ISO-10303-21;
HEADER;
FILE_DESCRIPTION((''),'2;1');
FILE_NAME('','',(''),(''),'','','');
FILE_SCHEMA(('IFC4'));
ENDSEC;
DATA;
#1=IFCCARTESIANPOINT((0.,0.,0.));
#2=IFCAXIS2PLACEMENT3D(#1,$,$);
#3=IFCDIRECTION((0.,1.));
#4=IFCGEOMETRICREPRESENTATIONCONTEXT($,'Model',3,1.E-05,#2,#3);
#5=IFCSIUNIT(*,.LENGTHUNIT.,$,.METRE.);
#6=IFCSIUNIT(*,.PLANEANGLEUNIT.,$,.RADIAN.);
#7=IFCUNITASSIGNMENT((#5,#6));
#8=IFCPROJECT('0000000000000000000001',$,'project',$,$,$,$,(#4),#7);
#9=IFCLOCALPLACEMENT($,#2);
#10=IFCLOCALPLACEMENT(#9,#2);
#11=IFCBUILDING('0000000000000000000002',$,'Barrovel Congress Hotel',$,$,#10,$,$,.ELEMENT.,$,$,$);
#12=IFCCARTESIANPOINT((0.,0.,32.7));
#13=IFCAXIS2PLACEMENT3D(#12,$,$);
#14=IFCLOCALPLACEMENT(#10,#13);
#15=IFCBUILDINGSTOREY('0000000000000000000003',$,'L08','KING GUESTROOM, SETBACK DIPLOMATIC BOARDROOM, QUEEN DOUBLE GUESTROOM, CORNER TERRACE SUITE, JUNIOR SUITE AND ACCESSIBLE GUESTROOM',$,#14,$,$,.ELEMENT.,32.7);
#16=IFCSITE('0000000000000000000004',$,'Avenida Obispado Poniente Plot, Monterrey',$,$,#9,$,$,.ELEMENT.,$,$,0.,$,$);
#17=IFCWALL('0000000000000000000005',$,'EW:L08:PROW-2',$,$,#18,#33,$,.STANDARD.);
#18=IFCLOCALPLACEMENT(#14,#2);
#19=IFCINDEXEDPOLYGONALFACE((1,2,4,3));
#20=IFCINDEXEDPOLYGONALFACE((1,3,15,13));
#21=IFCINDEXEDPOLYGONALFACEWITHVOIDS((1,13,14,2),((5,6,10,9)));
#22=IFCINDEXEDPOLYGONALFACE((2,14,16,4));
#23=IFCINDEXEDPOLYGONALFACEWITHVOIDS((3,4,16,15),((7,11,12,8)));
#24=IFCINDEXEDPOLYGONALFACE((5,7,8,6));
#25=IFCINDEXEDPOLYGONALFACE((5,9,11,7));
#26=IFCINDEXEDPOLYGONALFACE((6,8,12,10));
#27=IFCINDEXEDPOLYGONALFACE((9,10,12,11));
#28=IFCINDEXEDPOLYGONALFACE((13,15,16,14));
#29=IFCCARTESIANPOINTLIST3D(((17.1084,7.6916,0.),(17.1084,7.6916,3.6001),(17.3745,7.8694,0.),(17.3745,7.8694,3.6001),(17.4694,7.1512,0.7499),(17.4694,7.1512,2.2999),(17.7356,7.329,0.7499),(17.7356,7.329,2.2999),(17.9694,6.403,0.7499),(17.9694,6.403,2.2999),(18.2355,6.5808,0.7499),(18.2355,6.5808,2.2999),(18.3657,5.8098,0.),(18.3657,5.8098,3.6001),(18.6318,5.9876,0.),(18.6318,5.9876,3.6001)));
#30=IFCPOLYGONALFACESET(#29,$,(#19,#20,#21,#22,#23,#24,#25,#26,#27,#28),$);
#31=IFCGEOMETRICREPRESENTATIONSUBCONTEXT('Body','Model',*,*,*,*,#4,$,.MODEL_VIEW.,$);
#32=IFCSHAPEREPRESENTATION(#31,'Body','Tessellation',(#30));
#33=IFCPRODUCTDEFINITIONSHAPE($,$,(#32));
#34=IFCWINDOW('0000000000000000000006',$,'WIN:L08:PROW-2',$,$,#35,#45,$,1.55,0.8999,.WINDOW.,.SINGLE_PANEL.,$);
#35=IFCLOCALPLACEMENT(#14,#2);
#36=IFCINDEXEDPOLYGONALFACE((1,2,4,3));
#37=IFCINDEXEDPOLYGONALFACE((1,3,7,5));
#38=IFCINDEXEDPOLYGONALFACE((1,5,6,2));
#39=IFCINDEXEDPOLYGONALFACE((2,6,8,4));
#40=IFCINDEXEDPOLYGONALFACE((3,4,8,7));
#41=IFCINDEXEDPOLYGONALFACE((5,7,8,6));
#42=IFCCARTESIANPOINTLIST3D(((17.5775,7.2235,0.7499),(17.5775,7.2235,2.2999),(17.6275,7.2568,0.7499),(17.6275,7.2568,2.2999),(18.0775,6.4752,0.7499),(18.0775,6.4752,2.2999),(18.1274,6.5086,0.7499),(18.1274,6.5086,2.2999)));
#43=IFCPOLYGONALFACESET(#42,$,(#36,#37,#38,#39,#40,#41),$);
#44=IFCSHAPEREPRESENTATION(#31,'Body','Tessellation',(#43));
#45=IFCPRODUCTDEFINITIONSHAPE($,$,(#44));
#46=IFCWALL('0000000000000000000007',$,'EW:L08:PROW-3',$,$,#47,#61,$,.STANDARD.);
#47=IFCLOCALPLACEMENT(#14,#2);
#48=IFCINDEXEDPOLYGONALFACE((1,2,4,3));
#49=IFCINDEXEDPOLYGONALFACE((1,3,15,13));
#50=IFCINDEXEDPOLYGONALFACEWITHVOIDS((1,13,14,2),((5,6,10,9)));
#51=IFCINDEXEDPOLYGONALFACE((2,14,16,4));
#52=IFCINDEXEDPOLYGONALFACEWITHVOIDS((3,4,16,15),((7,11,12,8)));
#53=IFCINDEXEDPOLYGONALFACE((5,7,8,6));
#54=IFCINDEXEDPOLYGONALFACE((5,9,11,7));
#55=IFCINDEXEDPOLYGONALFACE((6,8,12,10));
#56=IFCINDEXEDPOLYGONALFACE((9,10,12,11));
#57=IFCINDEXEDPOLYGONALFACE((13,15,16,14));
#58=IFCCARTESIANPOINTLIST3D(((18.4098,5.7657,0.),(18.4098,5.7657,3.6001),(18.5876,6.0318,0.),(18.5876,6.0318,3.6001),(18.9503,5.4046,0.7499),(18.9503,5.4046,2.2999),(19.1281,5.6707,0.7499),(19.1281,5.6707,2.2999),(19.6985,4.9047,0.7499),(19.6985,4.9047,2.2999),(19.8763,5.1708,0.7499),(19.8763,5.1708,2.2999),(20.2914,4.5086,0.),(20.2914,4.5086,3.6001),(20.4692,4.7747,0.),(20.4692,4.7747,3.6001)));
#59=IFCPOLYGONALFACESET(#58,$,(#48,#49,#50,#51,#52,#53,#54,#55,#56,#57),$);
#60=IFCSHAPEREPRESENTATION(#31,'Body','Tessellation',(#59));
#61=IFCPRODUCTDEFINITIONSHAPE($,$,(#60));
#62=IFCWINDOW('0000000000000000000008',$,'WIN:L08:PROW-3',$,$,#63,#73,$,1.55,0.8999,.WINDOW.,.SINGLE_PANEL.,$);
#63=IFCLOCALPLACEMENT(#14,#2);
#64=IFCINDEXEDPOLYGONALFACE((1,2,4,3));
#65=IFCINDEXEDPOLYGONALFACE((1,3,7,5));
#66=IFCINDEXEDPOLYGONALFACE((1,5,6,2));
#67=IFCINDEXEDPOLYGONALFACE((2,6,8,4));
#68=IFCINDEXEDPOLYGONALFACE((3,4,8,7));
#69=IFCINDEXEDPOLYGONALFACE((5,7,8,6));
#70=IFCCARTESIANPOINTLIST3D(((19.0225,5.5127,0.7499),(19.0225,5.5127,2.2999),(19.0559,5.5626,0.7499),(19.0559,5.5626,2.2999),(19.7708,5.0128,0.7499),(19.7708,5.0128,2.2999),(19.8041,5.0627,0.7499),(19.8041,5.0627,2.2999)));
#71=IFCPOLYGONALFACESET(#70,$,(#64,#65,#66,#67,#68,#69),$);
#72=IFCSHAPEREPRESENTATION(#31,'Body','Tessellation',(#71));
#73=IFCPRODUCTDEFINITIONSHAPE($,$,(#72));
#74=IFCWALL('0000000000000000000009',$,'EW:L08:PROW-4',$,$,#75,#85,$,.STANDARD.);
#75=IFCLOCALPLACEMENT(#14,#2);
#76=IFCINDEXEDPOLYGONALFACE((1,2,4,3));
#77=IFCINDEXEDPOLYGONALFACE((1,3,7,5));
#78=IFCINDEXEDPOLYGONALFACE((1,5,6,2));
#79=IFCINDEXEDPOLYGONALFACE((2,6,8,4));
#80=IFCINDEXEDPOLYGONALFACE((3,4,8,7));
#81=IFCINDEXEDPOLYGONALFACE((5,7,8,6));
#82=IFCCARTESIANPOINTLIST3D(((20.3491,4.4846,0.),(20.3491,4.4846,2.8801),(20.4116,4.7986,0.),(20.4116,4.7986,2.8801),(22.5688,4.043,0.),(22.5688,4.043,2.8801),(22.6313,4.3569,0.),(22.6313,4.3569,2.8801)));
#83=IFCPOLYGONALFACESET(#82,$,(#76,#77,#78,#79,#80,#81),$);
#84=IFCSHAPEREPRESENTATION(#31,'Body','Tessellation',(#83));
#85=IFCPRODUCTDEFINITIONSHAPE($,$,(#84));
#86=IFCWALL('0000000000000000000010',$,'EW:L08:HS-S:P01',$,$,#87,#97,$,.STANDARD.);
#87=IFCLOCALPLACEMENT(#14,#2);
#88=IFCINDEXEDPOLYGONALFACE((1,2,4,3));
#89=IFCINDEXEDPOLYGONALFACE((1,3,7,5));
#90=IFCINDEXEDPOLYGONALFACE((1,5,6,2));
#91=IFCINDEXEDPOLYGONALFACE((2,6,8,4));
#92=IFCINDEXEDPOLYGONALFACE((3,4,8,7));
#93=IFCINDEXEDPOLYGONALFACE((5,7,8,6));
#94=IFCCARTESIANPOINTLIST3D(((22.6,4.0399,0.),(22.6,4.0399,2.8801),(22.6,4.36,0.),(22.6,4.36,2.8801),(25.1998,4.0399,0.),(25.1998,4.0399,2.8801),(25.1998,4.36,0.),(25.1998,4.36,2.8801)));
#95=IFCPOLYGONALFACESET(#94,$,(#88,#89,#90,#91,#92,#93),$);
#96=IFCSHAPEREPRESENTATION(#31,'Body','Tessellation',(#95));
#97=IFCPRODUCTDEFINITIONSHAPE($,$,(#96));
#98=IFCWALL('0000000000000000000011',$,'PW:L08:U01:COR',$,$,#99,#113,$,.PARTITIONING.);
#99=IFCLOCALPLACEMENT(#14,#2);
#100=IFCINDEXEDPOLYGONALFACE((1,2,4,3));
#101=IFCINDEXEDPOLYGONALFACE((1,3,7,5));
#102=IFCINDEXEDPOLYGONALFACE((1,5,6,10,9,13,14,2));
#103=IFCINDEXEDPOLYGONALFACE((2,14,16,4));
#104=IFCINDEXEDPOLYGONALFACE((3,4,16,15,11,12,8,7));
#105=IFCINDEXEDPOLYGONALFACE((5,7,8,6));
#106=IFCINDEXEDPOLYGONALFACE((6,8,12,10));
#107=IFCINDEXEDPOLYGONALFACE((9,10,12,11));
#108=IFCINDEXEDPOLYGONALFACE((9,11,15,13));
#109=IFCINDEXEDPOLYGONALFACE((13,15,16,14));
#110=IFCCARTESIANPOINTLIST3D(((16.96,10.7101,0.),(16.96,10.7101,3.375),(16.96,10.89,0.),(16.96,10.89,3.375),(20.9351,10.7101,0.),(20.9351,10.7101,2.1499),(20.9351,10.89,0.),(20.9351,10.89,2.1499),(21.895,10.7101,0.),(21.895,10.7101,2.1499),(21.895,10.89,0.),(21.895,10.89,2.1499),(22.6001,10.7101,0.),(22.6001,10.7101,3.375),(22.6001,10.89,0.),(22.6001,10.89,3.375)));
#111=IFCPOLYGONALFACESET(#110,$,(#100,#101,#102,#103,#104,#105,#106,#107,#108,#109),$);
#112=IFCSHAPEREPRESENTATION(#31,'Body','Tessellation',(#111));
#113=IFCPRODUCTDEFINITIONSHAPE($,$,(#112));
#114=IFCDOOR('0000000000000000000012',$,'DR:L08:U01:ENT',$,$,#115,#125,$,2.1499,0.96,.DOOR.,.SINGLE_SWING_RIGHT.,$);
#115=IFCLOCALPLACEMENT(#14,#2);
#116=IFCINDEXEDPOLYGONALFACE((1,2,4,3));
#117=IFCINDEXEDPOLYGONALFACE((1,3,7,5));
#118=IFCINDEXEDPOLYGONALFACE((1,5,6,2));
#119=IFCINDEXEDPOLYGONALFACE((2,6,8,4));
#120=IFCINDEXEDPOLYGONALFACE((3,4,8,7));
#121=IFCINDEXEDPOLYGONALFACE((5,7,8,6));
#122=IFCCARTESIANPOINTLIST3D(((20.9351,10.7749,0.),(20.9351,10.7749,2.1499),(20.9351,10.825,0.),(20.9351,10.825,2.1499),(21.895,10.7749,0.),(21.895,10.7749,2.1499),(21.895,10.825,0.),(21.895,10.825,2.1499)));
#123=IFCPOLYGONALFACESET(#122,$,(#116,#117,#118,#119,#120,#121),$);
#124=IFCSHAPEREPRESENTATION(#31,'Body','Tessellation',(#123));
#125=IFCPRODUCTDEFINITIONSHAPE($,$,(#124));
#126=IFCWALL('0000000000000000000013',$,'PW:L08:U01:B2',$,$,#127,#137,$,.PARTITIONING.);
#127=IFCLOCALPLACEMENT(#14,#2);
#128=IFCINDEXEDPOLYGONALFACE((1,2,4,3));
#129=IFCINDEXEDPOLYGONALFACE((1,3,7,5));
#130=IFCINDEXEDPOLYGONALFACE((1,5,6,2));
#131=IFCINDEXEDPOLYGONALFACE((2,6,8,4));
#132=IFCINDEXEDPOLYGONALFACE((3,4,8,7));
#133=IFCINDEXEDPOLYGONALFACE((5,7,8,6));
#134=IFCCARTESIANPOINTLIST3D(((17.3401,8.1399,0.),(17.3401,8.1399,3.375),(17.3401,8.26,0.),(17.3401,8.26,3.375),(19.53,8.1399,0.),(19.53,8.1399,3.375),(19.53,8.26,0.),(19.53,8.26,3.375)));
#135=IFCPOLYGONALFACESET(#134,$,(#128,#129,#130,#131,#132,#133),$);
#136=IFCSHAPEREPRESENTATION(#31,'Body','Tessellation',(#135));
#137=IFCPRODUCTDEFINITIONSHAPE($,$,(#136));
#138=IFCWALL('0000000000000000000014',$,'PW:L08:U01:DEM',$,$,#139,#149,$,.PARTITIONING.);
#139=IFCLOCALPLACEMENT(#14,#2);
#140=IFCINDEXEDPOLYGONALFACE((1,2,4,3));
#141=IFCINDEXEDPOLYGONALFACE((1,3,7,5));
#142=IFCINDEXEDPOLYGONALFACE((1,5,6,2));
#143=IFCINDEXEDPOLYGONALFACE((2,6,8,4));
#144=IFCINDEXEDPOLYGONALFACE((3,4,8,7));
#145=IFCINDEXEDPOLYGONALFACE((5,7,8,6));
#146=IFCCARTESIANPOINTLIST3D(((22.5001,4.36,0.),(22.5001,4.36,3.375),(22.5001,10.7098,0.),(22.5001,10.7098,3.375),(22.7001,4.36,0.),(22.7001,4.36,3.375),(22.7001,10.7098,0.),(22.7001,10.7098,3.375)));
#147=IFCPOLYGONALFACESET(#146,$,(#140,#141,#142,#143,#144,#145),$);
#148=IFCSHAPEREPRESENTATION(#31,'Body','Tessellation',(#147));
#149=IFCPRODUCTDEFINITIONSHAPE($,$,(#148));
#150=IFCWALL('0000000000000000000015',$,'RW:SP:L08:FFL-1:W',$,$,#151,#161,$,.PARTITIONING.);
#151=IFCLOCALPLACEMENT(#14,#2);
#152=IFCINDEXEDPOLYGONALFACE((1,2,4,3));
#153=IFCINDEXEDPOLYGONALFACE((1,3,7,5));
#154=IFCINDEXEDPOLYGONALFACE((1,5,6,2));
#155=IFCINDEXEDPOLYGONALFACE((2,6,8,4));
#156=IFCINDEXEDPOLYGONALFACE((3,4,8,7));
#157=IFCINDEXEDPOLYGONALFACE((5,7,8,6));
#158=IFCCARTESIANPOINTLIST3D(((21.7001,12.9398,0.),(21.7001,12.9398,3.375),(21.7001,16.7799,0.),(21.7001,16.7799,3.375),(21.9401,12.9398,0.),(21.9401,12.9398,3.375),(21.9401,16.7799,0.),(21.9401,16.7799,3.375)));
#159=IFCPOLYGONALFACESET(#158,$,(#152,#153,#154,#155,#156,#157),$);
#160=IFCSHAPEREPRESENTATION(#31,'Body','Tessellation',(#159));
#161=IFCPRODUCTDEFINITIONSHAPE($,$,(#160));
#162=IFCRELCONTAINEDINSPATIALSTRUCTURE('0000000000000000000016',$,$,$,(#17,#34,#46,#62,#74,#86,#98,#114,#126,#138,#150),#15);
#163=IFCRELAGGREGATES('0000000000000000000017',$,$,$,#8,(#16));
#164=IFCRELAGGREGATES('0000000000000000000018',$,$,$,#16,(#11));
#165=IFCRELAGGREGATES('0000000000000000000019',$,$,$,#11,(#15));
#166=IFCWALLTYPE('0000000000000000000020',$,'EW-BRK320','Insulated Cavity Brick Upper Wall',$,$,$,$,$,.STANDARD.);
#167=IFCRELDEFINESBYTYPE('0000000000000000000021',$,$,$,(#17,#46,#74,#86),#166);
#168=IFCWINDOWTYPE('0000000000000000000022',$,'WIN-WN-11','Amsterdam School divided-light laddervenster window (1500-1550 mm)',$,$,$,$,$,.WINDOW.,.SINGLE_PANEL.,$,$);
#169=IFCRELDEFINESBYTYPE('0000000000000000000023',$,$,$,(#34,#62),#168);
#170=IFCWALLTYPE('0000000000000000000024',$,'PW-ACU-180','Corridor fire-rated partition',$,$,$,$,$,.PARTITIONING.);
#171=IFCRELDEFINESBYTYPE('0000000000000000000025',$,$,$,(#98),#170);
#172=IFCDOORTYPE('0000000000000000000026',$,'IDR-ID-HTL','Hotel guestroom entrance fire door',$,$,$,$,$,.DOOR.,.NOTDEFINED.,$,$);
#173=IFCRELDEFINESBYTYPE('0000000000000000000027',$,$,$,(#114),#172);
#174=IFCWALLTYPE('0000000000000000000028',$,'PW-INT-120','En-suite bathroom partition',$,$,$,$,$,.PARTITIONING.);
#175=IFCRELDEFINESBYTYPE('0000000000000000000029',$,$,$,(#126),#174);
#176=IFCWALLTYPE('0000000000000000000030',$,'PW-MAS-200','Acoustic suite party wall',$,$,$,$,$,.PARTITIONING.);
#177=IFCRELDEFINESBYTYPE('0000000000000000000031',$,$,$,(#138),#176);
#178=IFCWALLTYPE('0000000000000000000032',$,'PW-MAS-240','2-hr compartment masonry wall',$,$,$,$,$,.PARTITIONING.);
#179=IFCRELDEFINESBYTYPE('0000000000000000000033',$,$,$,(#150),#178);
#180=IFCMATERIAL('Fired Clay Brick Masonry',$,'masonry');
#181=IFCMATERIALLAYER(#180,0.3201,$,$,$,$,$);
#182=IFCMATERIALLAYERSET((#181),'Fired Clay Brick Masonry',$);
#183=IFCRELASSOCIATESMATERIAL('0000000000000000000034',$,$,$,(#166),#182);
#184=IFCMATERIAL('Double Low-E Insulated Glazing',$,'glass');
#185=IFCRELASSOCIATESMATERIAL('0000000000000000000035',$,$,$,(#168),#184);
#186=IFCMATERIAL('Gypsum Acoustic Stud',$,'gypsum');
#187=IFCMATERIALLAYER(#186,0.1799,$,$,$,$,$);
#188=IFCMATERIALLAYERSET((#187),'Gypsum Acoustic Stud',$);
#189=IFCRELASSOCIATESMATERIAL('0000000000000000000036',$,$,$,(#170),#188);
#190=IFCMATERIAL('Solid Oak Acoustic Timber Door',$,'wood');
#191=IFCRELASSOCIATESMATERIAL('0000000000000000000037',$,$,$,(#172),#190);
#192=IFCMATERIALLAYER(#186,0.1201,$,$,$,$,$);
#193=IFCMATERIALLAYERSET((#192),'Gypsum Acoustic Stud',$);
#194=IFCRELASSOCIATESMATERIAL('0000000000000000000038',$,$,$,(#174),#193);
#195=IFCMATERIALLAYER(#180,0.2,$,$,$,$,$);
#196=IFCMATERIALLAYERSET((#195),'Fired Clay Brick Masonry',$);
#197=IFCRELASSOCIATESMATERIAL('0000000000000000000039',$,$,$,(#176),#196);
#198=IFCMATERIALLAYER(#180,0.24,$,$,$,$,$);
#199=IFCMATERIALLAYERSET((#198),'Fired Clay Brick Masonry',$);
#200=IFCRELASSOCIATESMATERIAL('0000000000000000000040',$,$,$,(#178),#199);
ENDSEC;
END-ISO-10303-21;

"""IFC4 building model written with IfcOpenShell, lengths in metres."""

from ifc_helpers import new_model, si_unit, direction, frame, frame_2d, origin, place, context, subcontext, project, spatial, rectangle, extrude, material, layer, layer_set, type_object, element, fill, save


model = new_model("IFC4")

# Units and contexts
model_context = context("Model", 3, precision=1e-05, world=origin(), true_north=direction((0.0, 1.0)))
body_context = subcontext(model_context, "Body", "Model", "MODEL_VIEW")
ifc_project = project(units=[si_unit("LENGTHUNIT", "METRE"), si_unit("PLANEANGLEUNIT", "RADIAN")], contexts=[model_context])

# Site, building, storey
site_placement = place(None, origin())
site = spatial("IfcSite", under=ifc_project, at=site_placement, Name="Avenida Obispado Poniente Plot, Monterrey", CompositionType="ELEMENT", RefElevation=0.0)
building_placement = place(site_placement, origin())
building = spatial("IfcBuilding", under=site, at=building_placement, Name="Barrovel Congress Hotel", CompositionType="ELEMENT")
storey_placement = place(building_placement, frame((0.0, 0.0, 32.7)))
storey = spatial("IfcBuildingStorey", under=building, at=storey_placement, Name="L08", Description="KING GUESTROOM, SETBACK DIPLOMATIC BOARDROOM, QUEEN DOUBLE GUESTROOM, CORNER TERRACE SUITE, JUNIOR SUITE AND ACCESSIBLE GUESTROOM", CompositionType="ELEMENT", Elevation=32.7)

# Walls, openings, windows
ifc_material_1 = material(Name="Fired Clay Brick Masonry", Category="masonry")
ifc_layer_1 = layer(ifc_material_1, 0.3201)
ifc_layer_set_1 = layer_set([ifc_layer_1], Name="Fired Clay Brick Masonry")
wall_type_1 = type_object("IfcWallType", Name="EW-BRK320", Description="Insulated Cavity Brick Upper Wall", PredefinedType="STANDARD", material=ifc_layer_set_1)
wall_1_placement = place(storey_placement, frame((17.2415, 7.7805, 0.0), z_axis=(0.0, 0.0, 1.0), x_axis=(0.555546, -0.831486, 0.0)))
wall_1 = element("IfcWall", 1, at=wall_1_placement, inside=storey, type_object=wall_type_1, Name="EW:L08:PROW-2", PredefinedType="STANDARD", context=body_context, shape_type="SweptSolid", body=[
    extrude(rectangle(XDim=2.2632, YDim=0.3201, at=frame_2d((1.1316, 0.0))), origin(), (0.0, 0.0, 1.0), 3.6001),
])
opening_1_placement = place(wall_1_placement, frame((0.6499, 0.0, 0.75)))
opening_1 = element("IfcOpeningElement", 2, at=opening_1_placement, cuts=wall_1, PredefinedType="OPENING", context=body_context, shape_type="SweptSolid", body=[
    extrude(rectangle(XDim=0.8999, YDim=1.55, at=frame_2d((0.45, 0.7749))), frame((0.0, 0.1699, 0.0), z_axis=(0.0, -1.0, 0.0), x_axis=(1.0, 0.0, 0.0)), (0.0, 0.0, 1.0), 0.3401),
])
ifc_material_2 = material(Name="Double Low-E Insulated Glazing", Category="glass")
window_type = type_object("IfcWindowType", Name="WIN-WN-11", Description="Amsterdam School divided-light laddervenster window (1500-1550 mm)", PartitioningType="SINGLE_PANEL", PredefinedType="WINDOW", material=ifc_material_2)
window_1_placement = place(opening_1_placement, origin())
window_1 = element("IfcWindow", 3, at=window_1_placement, inside=storey, type_object=window_type, Name="WIN:L08:PROW-2", OverallHeight=1.55, OverallWidth=0.8999, PartitioningType="SINGLE_PANEL", PredefinedType="WINDOW", context=body_context, shape_type="SweptSolid", body=[
    extrude(rectangle(XDim=0.8999, YDim=1.55, at=frame_2d((0.45, 0.7749))), frame((0.0, 0.03, 0.0), z_axis=(0.0, -1.0, 0.0), x_axis=(1.0, 0.0, 0.0)), (0.0, 0.0, 1.0), 0.0601),
])
fill(opening_1, window_1)
wall_2_placement = place(storey_placement, frame((18.4988, 5.8987, 0.0), z_axis=(0.0, 0.0, 1.0), x_axis=(0.831502, -0.555522, 0.0)))
wall_2 = element("IfcWall", 4, at=wall_2_placement, inside=storey, type_object=wall_type_1, Name="EW:L08:PROW-3", PredefinedType="STANDARD", context=body_context, shape_type="SweptSolid", body=[
    extrude(rectangle(XDim=2.2629, YDim=0.3201, at=frame_2d((1.1313, 0.0))), origin(), (0.0, 0.0, 1.0), 3.6001),
])
opening_2_placement = place(wall_2_placement, frame((0.6499, 0.0, 0.75)))
opening_2 = element("IfcOpeningElement", 5, at=opening_2_placement, cuts=wall_2, PredefinedType="OPENING", context=body_context, shape_type="SweptSolid", body=[
    extrude(rectangle(XDim=0.8999, YDim=1.55, at=frame_2d((0.45, 0.7749))), frame((0.0, 0.1699, 0.0), z_axis=(0.0, -1.0, 0.0), x_axis=(1.0, 0.0, 0.0)), (0.0, 0.0, 1.0), 0.3401),
])
window_2_placement = place(opening_2_placement, origin())
window_2 = element("IfcWindow", 6, at=window_2_placement, inside=storey, type_object=window_type, Name="WIN:L08:PROW-3", OverallHeight=1.55, OverallWidth=0.8999, PartitioningType="SINGLE_PANEL", PredefinedType="WINDOW", context=body_context, shape_type="SweptSolid", body=[
    extrude(rectangle(XDim=0.8999, YDim=1.55, at=frame_2d((0.45, 0.7749))), frame((0.0, 0.03, 0.0), z_axis=(0.0, -1.0, 0.0), x_axis=(1.0, 0.0, 0.0)), (0.0, 0.0, 1.0), 0.0601),
])
fill(opening_2, window_2)

# Walls
wall_3_placement = place(storey_placement, frame((20.3804, 4.6416, 0.0), z_axis=(0.0, 0.0, 1.0), x_axis=(0.980775, -0.195141, 0.0)))
element("IfcWall", 7, at=wall_3_placement, inside=storey, type_object=wall_type_1, Name="EW:L08:PROW-4", PredefinedType="STANDARD", context=body_context, shape_type="SweptSolid", body=[
    extrude(rectangle(XDim=2.2632, YDim=0.3201, at=frame_2d((1.1316, 0.0))), origin(), (0.0, 0.0, 1.0), 2.8801),
])
wall_4_placement = place(storey_placement, frame((22.6001, 4.2, 0.0), z_axis=(0.0, 0.0, 1.0), x_axis=(1.0, 0.0, 0.0)))
element("IfcWall", 8, at=wall_4_placement, inside=storey, type_object=wall_type_1, Name="EW:L08:HS-S:P01", PredefinedType="STANDARD", context=body_context, shape_type="SweptSolid", body=[
    extrude(rectangle(XDim=2.5999, YDim=0.3201, at=frame_2d((1.2998, 0.0))), origin(), (0.0, 0.0, 1.0), 2.8801),
])

# Wall, opening, door
ifc_material_3 = material(Name="Gypsum Acoustic Stud", Category="gypsum")
ifc_layer_2 = layer(ifc_material_3, 0.1799)
ifc_layer_set_2 = layer_set([ifc_layer_2], Name="Gypsum Acoustic Stud")
wall_type_2 = type_object("IfcWallType", Name="PW-ACU-180", Description="Corridor fire-rated partition", PredefinedType="PARTITIONING", material=ifc_layer_set_2)
wall_5_placement = place(storey_placement, frame((16.96, 10.8, 0.0), z_axis=(0.0, 0.0, 1.0), x_axis=(1.0, 0.0, 0.0)))
wall_5 = element("IfcWall", 9, at=wall_5_placement, inside=storey, type_object=wall_type_2, Name="PW:L08:U01:COR", PredefinedType="PARTITIONING", context=body_context, shape_type="SweptSolid", body=[
    extrude(rectangle(XDim=5.6401, YDim=0.1799, at=frame_2d((2.8201, 0.0))), origin(), (0.0, 0.0, 1.0), 3.375),
])
opening_3_placement = place(wall_5_placement, frame((3.9751, 0.0, 0.0)))
opening_3 = element("IfcOpeningElement", 10, at=opening_3_placement, cuts=wall_5, PredefinedType="OPENING", context=body_context, shape_type="SweptSolid", body=[
    extrude(rectangle(XDim=0.96, YDim=2.1499, at=frame_2d((0.48, 1.075))), frame((0.0, 0.1001, 0.0), z_axis=(0.0, -1.0, 0.0), x_axis=(1.0, 0.0, 0.0)), (0.0, 0.0, 1.0), 0.2),
])
ifc_material_4 = material(Name="Solid Oak Acoustic Timber Door", Category="wood")
door_type_1 = type_object("IfcDoorType", Name="IDR-ID-HTL", Description="Hotel guestroom entrance fire door", OperationType="NOTDEFINED", PredefinedType="DOOR", material=ifc_material_4)
door_1_placement = place(opening_3_placement, origin())
door_1 = element("IfcDoor", 11, at=door_1_placement, inside=storey, type_object=door_type_1, Name="DR:L08:U01:ENT", OperationType="SINGLE_SWING_RIGHT", OverallHeight=2.1499, OverallWidth=0.96, PredefinedType="DOOR", context=body_context, shape_type="SweptSolid", body=[
    extrude(rectangle(XDim=0.96, YDim=2.1499, at=frame_2d((0.48, 1.075))), frame((0.0, 0.0249, 0.0), z_axis=(0.0, -1.0, 0.0), x_axis=(1.0, 0.0, 0.0)), (0.0, 0.0, 1.0), 0.05),
])
fill(opening_3, door_1)

# Walls
ifc_layer_3 = layer(ifc_material_3, 0.1201)
ifc_layer_set_3 = layer_set([ifc_layer_3], Name="Gypsum Acoustic Stud")
wall_type_3 = type_object("IfcWallType", Name="PW-INT-120", Description="En-suite bathroom partition", PredefinedType="PARTITIONING", material=ifc_layer_set_3)
wall_6_placement = place(storey_placement, frame((17.3401, 8.2, 0.0), z_axis=(0.0, 0.0, 1.0), x_axis=(1.0, 0.0, 0.0)))
element("IfcWall", 12, at=wall_6_placement, inside=storey, type_object=wall_type_3, Name="PW:L08:U01:B2", PredefinedType="PARTITIONING", context=body_context, shape_type="SweptSolid", body=[
    extrude(rectangle(XDim=2.1899, YDim=0.1201, at=frame_2d((1.095, 0.0))), origin(), (0.0, 0.0, 1.0), 3.375),
])
ifc_layer_4 = layer(ifc_material_1, 0.2)
ifc_layer_set_4 = layer_set([ifc_layer_4], Name="Fired Clay Brick Masonry")
wall_type_4 = type_object("IfcWallType", Name="PW-MAS-200", Description="Acoustic suite party wall", PredefinedType="PARTITIONING", material=ifc_layer_set_4)
wall_7_placement = place(storey_placement, frame((22.6001, 4.3601, 0.0), z_axis=(0.0, 0.0, 1.0), x_axis=(0.0, 1.0, 0.0)))
element("IfcWall", 13, at=wall_7_placement, inside=storey, type_object=wall_type_4, Name="PW:L08:U01:DEM", PredefinedType="PARTITIONING", context=body_context, shape_type="SweptSolid", body=[
    extrude(rectangle(XDim=6.3499, YDim=0.2, at=frame_2d((3.1748, 0.0))), origin(), (0.0, 0.0, 1.0), 3.375),
])

# Shared definitions
ifc_layer_5 = layer(ifc_material_1, 0.24)
ifc_layer_set_5 = layer_set([ifc_layer_5], Name="Fired Clay Brick Masonry")
wall_type_5 = type_object("IfcWallType", Name="PW-MAS-240", Description="2-hr compartment masonry wall", PredefinedType="PARTITIONING", material=ifc_layer_set_5)

# Wall
wall_8_placement = place(storey_placement, frame((21.8201, 12.9399, 0.0), z_axis=(0.0, 0.0, 1.0), x_axis=(0.0, 1.0, 0.0)))
element("IfcWall", 14, at=wall_8_placement, inside=storey, type_object=wall_type_5, Name="RW:SP:L08:FFL-1:W", PredefinedType="PARTITIONING", context=body_context, shape_type="SweptSolid", body=[
    extrude(rectangle(XDim=3.8401, YDim=0.24, at=frame_2d((1.9199, 0.0))), origin(), (0.0, 0.0, 1.0), 3.375),
])

save(model, "model.ifc")
